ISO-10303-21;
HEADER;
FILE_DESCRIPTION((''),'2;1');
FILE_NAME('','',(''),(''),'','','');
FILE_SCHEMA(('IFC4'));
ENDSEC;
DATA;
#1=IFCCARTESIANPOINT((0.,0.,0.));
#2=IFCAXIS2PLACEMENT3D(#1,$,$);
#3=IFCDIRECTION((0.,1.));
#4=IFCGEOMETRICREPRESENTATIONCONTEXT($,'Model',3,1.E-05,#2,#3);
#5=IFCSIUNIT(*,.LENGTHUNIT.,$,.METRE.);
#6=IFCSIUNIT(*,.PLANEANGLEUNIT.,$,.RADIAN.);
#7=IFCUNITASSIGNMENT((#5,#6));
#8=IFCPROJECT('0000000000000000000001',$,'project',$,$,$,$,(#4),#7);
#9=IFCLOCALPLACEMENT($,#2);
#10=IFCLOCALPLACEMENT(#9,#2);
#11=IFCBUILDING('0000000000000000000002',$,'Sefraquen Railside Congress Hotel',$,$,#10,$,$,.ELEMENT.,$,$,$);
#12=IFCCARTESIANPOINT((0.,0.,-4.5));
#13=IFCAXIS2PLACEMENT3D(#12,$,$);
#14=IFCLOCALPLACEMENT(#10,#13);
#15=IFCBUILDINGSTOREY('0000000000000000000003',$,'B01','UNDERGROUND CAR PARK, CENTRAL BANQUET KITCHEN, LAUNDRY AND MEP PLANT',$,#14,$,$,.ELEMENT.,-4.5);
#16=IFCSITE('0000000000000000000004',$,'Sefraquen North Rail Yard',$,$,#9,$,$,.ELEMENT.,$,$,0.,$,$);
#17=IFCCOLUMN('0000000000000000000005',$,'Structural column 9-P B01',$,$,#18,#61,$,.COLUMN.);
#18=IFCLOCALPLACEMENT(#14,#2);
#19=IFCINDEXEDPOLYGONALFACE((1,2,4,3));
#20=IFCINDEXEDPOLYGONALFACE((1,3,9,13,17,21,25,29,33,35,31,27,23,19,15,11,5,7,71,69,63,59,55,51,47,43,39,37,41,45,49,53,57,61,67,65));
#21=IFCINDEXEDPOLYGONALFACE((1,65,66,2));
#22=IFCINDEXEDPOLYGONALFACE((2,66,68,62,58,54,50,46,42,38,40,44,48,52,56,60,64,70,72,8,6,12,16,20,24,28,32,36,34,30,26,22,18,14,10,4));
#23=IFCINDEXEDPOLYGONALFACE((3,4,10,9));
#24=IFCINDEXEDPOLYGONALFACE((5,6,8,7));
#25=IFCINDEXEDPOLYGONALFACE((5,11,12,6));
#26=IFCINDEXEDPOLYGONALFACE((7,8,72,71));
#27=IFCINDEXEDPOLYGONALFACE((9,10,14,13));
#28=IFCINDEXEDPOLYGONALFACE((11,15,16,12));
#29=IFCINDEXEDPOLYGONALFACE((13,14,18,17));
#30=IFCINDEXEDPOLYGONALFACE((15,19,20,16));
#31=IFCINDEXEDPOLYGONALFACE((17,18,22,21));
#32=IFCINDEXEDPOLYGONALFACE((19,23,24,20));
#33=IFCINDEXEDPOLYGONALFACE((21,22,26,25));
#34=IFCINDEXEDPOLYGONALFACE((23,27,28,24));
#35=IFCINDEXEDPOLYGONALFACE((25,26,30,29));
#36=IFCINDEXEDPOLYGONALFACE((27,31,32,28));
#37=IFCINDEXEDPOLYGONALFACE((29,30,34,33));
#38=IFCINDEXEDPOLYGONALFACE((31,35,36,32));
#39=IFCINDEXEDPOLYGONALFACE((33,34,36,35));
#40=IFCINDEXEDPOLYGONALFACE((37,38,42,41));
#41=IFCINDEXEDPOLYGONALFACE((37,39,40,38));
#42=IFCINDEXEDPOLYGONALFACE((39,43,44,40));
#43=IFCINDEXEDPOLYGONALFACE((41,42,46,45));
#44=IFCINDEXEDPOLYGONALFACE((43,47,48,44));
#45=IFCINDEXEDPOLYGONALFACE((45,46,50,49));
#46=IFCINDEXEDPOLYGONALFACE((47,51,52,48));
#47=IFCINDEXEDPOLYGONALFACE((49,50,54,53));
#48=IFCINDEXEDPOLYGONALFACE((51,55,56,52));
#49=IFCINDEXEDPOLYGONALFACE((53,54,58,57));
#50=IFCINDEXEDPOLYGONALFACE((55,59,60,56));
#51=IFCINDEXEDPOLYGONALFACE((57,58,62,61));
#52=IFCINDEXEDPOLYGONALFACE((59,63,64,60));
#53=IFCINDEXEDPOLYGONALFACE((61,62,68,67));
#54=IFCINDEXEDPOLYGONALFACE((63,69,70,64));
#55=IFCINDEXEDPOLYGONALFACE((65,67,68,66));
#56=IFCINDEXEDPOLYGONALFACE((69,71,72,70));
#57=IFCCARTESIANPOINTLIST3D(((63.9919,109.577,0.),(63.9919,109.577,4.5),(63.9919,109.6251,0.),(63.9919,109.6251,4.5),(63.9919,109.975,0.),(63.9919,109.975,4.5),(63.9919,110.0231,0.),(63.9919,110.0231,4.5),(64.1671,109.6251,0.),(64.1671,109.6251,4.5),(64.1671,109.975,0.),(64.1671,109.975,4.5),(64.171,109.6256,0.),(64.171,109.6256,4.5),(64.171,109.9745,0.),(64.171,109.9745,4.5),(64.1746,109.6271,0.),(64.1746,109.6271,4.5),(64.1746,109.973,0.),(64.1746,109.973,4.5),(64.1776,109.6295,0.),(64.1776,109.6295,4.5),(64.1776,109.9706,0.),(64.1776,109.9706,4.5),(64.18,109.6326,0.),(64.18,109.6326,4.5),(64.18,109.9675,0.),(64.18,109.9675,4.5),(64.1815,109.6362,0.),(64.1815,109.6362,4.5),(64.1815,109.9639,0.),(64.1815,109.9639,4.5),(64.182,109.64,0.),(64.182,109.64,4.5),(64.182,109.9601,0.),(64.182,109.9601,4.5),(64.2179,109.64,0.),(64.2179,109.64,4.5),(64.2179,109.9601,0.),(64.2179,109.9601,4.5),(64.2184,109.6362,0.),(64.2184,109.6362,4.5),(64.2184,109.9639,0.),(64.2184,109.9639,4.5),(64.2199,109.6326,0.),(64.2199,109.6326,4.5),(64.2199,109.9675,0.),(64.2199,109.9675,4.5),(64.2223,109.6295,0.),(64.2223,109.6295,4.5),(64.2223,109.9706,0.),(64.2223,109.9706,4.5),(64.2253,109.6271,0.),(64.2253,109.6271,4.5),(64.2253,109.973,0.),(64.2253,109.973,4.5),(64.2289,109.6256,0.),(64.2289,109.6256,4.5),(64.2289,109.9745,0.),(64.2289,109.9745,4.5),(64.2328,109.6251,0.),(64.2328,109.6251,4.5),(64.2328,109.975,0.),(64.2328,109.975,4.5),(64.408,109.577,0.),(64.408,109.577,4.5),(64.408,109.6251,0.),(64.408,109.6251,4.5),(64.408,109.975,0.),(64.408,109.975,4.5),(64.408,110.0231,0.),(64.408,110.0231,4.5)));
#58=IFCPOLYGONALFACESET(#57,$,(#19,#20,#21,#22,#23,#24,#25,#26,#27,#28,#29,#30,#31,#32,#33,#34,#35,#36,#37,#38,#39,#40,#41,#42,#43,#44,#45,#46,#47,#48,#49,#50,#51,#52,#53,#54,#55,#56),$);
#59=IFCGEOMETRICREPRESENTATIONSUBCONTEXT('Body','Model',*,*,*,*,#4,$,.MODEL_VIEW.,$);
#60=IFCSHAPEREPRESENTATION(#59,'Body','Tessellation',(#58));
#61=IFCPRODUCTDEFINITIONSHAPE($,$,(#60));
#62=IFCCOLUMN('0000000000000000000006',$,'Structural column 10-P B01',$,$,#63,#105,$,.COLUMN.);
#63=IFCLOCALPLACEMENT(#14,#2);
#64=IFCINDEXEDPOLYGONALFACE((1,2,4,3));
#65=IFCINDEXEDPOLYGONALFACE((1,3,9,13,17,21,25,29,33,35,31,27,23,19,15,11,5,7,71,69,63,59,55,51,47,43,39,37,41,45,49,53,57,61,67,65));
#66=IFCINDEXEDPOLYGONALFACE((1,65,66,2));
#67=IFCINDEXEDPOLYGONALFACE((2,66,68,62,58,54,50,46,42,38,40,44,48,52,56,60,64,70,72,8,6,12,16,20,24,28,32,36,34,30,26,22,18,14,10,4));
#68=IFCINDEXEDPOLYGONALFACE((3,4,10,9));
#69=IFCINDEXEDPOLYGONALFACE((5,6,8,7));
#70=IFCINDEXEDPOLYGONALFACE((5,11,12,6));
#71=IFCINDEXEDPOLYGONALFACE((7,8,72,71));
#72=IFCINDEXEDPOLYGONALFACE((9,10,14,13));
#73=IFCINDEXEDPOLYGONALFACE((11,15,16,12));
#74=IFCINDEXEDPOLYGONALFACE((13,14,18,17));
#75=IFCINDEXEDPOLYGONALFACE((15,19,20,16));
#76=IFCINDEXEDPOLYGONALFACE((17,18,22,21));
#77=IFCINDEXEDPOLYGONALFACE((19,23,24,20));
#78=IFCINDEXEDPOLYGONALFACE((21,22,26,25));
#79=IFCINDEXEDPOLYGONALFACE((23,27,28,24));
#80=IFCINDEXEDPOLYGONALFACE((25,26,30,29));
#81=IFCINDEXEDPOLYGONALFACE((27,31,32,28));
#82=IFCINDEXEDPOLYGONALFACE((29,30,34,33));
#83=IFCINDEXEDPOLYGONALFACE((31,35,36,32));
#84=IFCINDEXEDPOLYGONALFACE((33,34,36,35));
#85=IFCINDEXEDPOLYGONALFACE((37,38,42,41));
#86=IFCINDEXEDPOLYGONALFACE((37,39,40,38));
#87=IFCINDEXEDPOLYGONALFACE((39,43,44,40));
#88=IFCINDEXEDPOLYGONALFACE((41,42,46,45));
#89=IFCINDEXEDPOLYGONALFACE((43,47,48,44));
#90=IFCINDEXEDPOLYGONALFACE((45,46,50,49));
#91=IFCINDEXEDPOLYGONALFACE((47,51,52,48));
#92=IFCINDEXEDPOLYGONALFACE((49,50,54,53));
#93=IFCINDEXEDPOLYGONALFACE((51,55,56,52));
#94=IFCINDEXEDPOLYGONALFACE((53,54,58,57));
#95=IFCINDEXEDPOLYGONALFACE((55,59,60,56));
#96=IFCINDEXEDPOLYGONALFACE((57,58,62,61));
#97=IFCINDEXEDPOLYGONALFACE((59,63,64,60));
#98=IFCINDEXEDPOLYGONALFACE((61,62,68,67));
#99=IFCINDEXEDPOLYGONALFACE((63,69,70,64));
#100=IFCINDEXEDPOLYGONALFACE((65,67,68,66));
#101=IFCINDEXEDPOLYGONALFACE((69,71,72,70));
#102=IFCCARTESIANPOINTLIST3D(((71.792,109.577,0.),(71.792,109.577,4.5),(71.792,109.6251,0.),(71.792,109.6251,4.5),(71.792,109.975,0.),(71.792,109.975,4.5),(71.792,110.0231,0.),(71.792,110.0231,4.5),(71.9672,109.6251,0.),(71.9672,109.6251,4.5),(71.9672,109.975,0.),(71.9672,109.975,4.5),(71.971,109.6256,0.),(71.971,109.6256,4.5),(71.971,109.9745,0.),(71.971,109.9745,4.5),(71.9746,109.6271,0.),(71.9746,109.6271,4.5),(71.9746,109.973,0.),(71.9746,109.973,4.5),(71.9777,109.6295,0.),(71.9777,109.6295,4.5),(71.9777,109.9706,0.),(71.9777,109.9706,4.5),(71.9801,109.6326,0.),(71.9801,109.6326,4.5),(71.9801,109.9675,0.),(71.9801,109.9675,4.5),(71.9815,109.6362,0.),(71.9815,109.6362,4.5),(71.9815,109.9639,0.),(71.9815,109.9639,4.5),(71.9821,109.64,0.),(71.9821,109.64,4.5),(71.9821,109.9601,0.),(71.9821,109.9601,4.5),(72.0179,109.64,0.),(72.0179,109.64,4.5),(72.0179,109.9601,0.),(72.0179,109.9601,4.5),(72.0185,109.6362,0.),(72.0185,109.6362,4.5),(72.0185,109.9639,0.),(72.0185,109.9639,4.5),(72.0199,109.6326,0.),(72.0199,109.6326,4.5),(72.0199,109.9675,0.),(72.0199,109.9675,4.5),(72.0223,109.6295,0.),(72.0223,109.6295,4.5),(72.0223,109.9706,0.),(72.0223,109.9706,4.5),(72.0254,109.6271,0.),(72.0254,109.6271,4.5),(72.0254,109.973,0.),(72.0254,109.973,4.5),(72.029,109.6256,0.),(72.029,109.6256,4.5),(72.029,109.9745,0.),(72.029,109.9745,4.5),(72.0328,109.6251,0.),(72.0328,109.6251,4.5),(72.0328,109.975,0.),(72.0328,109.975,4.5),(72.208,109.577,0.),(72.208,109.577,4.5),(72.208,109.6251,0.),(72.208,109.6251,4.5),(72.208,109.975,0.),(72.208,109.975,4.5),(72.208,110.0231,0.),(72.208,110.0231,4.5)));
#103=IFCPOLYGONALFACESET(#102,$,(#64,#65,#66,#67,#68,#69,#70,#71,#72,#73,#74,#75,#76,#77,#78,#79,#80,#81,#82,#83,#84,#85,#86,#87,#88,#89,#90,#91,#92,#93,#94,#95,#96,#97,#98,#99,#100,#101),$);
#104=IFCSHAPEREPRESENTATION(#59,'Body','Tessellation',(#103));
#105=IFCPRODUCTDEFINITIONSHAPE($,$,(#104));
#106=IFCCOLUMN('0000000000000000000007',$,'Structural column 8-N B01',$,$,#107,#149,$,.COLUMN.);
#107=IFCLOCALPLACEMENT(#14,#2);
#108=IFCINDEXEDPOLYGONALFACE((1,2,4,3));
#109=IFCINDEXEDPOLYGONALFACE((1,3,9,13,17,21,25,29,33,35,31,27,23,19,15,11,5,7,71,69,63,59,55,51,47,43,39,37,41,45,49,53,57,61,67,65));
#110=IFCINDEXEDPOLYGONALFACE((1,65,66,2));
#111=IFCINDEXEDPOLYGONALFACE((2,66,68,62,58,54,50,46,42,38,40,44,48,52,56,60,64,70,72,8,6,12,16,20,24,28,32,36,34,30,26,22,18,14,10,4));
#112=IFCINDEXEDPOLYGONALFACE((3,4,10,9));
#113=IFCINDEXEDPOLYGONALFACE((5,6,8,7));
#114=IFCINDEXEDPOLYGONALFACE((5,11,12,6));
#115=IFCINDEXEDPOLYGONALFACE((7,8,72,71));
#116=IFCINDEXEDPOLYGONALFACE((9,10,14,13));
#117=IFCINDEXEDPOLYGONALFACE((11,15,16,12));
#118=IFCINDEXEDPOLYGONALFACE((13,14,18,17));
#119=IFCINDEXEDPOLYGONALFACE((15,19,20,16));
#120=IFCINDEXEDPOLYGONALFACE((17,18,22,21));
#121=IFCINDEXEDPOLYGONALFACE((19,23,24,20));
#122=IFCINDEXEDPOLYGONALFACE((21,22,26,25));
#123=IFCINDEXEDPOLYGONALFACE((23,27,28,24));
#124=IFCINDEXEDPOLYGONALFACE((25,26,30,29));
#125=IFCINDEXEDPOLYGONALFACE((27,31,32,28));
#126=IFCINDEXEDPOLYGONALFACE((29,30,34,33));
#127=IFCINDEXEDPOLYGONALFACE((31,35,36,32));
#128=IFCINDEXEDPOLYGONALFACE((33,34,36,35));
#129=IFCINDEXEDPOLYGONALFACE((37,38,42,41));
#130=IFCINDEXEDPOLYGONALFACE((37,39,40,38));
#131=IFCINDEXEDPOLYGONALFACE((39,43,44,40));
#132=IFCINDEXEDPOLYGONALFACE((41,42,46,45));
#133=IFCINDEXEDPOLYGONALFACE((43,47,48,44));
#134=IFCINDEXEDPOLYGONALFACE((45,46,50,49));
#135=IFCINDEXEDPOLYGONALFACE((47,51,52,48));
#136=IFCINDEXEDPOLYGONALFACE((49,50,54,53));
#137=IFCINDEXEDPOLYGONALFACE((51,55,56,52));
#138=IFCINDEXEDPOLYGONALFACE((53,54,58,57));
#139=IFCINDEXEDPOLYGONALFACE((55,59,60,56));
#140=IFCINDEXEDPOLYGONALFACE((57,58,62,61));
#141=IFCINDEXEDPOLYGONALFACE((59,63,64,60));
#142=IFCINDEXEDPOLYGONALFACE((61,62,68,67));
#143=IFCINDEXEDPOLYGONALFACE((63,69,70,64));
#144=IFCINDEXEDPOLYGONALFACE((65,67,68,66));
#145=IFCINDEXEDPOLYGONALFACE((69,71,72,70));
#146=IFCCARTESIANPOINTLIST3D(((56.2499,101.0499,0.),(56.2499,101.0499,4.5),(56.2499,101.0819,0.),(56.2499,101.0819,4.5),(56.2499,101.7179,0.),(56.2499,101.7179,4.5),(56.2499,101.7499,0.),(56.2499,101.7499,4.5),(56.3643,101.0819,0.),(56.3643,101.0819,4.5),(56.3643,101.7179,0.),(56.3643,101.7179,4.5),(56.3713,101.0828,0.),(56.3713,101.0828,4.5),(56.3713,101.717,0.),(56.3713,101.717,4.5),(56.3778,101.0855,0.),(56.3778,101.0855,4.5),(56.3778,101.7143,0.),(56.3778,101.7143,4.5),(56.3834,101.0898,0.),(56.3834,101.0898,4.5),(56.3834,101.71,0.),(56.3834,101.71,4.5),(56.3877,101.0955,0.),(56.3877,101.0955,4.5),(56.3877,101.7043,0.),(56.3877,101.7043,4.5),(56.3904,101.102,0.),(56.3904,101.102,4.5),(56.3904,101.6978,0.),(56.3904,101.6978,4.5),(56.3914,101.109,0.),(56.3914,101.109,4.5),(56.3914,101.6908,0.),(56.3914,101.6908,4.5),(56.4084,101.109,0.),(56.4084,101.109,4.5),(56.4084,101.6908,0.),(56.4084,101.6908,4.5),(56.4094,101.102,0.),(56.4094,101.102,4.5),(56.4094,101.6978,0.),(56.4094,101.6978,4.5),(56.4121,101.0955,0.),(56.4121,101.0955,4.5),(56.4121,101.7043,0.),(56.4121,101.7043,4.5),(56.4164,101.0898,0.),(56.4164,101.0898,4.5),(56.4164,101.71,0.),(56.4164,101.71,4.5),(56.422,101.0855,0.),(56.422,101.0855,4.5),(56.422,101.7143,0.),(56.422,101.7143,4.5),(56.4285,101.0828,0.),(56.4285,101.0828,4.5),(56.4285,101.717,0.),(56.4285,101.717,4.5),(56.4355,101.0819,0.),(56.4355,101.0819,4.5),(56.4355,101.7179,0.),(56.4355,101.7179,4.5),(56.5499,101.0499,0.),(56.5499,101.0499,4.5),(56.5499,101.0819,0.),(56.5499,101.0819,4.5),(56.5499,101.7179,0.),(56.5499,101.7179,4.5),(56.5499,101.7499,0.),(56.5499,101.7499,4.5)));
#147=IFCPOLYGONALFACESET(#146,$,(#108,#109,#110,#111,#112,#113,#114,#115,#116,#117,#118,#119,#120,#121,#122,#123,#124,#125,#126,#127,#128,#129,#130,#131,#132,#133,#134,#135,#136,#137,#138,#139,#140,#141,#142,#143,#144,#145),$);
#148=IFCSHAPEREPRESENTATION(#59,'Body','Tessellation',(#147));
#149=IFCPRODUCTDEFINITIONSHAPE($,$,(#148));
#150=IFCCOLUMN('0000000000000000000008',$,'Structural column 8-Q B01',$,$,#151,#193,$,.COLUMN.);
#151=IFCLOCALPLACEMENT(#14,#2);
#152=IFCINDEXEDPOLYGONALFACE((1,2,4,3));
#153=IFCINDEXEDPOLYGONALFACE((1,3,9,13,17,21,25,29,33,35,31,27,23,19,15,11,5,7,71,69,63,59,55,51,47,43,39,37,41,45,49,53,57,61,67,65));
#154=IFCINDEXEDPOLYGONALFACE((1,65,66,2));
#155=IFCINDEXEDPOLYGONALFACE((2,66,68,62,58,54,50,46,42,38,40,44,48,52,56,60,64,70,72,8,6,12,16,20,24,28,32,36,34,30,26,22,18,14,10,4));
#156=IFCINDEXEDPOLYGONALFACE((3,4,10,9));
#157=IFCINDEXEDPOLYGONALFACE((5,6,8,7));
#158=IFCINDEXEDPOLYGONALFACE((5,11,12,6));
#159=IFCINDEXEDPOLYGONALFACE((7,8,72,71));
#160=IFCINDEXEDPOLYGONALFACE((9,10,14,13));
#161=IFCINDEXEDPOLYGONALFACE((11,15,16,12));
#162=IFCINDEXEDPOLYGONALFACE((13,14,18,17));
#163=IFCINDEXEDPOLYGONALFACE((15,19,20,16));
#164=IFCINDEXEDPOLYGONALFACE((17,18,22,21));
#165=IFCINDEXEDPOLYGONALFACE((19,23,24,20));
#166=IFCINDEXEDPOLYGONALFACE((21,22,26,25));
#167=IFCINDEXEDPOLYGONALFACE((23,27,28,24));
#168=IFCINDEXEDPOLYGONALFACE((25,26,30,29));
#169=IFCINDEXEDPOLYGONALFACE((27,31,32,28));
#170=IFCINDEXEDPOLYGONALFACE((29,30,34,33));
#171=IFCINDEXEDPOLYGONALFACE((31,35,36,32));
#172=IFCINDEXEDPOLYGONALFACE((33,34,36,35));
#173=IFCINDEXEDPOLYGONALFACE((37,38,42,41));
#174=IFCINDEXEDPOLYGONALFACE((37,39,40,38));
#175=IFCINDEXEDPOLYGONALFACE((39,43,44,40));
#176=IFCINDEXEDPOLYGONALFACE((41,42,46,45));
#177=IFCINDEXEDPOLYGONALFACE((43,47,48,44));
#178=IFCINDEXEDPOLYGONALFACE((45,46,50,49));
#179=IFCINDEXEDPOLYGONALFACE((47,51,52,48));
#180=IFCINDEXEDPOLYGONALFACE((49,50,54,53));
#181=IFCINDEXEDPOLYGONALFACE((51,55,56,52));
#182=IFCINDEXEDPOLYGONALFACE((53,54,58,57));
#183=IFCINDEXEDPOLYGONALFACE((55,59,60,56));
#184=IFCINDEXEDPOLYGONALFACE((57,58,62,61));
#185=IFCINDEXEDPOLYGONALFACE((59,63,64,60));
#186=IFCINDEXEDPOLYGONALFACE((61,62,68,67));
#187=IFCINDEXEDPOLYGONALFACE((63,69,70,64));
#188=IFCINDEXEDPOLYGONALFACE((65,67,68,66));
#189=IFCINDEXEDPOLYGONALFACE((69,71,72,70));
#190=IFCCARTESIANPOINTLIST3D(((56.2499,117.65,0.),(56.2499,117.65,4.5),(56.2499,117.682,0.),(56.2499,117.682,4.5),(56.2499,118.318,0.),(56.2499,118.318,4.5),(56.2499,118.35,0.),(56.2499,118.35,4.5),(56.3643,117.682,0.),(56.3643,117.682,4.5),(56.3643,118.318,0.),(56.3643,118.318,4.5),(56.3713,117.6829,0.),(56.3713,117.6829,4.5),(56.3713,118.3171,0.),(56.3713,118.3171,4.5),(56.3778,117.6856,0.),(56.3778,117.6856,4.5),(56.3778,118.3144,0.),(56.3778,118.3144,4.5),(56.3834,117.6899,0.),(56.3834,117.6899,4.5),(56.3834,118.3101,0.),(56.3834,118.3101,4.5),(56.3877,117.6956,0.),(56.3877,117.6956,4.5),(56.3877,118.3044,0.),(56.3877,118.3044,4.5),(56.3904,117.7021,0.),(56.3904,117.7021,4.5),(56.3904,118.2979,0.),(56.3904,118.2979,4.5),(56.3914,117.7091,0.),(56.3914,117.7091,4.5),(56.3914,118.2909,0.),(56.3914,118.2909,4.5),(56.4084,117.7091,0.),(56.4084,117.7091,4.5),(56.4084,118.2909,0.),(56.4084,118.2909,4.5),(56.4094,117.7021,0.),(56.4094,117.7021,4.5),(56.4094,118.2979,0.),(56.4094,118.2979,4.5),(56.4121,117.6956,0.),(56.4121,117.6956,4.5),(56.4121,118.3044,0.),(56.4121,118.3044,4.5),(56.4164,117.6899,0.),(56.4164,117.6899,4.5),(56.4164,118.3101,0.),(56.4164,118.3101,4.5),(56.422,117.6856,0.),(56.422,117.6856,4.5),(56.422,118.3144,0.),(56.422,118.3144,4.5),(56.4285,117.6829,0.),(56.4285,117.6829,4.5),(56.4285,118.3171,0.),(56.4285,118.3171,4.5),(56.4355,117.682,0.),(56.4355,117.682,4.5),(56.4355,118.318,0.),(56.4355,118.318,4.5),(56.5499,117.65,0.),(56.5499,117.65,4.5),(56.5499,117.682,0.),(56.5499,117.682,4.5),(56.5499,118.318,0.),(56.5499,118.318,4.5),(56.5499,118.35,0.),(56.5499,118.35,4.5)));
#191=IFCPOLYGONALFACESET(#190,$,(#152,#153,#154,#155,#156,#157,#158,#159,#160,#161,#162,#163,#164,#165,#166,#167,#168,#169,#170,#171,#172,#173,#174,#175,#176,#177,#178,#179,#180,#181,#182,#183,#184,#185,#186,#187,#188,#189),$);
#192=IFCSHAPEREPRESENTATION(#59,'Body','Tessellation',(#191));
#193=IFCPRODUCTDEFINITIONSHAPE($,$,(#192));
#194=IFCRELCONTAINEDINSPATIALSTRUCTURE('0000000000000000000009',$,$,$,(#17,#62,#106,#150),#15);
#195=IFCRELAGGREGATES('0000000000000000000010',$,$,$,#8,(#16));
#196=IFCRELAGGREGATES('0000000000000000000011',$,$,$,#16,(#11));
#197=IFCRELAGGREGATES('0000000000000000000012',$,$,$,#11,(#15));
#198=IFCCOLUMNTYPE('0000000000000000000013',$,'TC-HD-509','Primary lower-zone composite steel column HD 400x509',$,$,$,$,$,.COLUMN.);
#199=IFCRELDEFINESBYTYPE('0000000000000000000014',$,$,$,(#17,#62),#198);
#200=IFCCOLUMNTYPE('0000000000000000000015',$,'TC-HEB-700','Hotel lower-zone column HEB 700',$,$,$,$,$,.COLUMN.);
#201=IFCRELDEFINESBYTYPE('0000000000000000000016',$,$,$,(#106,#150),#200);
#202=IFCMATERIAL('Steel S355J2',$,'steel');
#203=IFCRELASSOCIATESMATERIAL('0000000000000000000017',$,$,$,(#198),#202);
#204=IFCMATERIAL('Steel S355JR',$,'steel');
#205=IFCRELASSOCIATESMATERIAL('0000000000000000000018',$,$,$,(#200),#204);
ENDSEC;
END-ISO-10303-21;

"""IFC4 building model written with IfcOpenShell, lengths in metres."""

from ifc_helpers import new_model, si_unit, direction, frame, origin, origin_2d, place, context, subcontext, project, spatial, i_section, extrude, material, material_profile, profile_set, type_object, element, save


model = new_model("IFC4")

# Units and contexts
model_context = context("Model", 3, precision=1e-05, world=origin(), true_north=direction((0.0, 1.0)))
body_context = subcontext(model_context, "Body", "Model", "MODEL_VIEW")
ifc_project = project(units=[si_unit("LENGTHUNIT", "METRE"), si_unit("PLANEANGLEUNIT", "RADIAN")], contexts=[model_context])

# Site, building, storey
site_placement = place(None, origin())
site = spatial("IfcSite", under=ifc_project, at=site_placement, Name="Sefraquen North Rail Yard", CompositionType="ELEMENT", RefElevation=0.0)
building_placement = place(site_placement, origin())
building = spatial("IfcBuilding", under=site, at=building_placement, Name="Sefraquen Railside Congress Hotel", CompositionType="ELEMENT")
storey_placement = place(building_placement, frame((0.0, 0.0, -4.5)))
storey = spatial("IfcBuildingStorey", under=building, at=storey_placement, Name="B01", Description="UNDERGROUND CAR PARK, CENTRAL BANQUET KITCHEN, LAUNDRY AND MEP PLANT", CompositionType="ELEMENT", Elevation=-4.5)

# Columns
ifc_material_1 = material(Name="Steel S355J2", Category="steel")
ifc_material_profile_1 = material_profile(ifc_material_1, i_section(OverallWidth=0.416, OverallDepth=0.446, WebThickness=0.0359, FlangeThickness=0.0481, FilletRadius=0.0149, at=origin_2d()), Name="HD 400x509")
ifc_profile_set_1 = profile_set([ifc_material_profile_1], Name="Steel S355J2")
column_type_1 = type_object("IfcColumnType", Name="TC-HD-509", Description="Primary lower-zone composite steel column HD 400x509", PredefinedType="COLUMN", material=ifc_profile_set_1)
for number, where, z_axis, x_axis, name in (
    (1, (64.2, 109.8, 0.0), (0.0, 0.0, 1.0), (1.0, 0.0, 0.0), "Structural column 9-P B01"),
    (2, (72.0, 109.8, 0.0), (0.0, 0.0, 1.0), (1.0, 0.0, 0.0), "Structural column 10-P B01"),
):
    element("IfcColumn", number, at=place(storey_placement, frame(where, z_axis=z_axis, x_axis=x_axis)), inside=storey, type_object=column_type_1, Name=name, PredefinedType="COLUMN", context=body_context, shape_type="SweptSolid", body=[
        extrude(i_section(OverallWidth=0.416, OverallDepth=0.446, WebThickness=0.0359, FlangeThickness=0.0481, FilletRadius=0.0149, at=origin_2d()), origin(), (0.0, 0.0, 1.0), 4.5),
    ])
ifc_material_2 = material(Name="Steel S355JR", Category="steel")
ifc_material_profile_2 = material_profile(ifc_material_2, i_section(OverallWidth=0.3, OverallDepth=0.7, WebThickness=0.0171, FlangeThickness=0.032, FilletRadius=0.0271, at=origin_2d()), Name="HEB 700")
ifc_profile_set_2 = profile_set([ifc_material_profile_2], Name="Steel S355JR")
column_type_2 = type_object("IfcColumnType", Name="TC-HEB-700", Description="Hotel lower-zone column HEB 700", PredefinedType="COLUMN", material=ifc_profile_set_2)
for number, where, z_axis, x_axis, name in (
    (3, (56.3999, 101.3999, 0.0), (0.0, 0.0, 1.0), (1.0, 0.0, 0.0), "Structural column 8-N B01"),
    (4, (56.3999, 118.0, 0.0), (0.0, 0.0, 1.0), (1.0, 0.0, 0.0), "Structural column 8-Q B01"),
):
    element("IfcColumn", number, at=place(storey_placement, frame(where, z_axis=z_axis, x_axis=x_axis)), inside=storey, type_object=column_type_2, Name=name, PredefinedType="COLUMN", context=body_context, shape_type="SweptSolid", body=[
        extrude(i_section(OverallWidth=0.3, OverallDepth=0.7, WebThickness=0.0171, FlangeThickness=0.032, FilletRadius=0.0271, at=origin_2d()), origin(), (0.0, 0.0, 1.0), 4.5),
    ])

save(model, "model.ifc")
